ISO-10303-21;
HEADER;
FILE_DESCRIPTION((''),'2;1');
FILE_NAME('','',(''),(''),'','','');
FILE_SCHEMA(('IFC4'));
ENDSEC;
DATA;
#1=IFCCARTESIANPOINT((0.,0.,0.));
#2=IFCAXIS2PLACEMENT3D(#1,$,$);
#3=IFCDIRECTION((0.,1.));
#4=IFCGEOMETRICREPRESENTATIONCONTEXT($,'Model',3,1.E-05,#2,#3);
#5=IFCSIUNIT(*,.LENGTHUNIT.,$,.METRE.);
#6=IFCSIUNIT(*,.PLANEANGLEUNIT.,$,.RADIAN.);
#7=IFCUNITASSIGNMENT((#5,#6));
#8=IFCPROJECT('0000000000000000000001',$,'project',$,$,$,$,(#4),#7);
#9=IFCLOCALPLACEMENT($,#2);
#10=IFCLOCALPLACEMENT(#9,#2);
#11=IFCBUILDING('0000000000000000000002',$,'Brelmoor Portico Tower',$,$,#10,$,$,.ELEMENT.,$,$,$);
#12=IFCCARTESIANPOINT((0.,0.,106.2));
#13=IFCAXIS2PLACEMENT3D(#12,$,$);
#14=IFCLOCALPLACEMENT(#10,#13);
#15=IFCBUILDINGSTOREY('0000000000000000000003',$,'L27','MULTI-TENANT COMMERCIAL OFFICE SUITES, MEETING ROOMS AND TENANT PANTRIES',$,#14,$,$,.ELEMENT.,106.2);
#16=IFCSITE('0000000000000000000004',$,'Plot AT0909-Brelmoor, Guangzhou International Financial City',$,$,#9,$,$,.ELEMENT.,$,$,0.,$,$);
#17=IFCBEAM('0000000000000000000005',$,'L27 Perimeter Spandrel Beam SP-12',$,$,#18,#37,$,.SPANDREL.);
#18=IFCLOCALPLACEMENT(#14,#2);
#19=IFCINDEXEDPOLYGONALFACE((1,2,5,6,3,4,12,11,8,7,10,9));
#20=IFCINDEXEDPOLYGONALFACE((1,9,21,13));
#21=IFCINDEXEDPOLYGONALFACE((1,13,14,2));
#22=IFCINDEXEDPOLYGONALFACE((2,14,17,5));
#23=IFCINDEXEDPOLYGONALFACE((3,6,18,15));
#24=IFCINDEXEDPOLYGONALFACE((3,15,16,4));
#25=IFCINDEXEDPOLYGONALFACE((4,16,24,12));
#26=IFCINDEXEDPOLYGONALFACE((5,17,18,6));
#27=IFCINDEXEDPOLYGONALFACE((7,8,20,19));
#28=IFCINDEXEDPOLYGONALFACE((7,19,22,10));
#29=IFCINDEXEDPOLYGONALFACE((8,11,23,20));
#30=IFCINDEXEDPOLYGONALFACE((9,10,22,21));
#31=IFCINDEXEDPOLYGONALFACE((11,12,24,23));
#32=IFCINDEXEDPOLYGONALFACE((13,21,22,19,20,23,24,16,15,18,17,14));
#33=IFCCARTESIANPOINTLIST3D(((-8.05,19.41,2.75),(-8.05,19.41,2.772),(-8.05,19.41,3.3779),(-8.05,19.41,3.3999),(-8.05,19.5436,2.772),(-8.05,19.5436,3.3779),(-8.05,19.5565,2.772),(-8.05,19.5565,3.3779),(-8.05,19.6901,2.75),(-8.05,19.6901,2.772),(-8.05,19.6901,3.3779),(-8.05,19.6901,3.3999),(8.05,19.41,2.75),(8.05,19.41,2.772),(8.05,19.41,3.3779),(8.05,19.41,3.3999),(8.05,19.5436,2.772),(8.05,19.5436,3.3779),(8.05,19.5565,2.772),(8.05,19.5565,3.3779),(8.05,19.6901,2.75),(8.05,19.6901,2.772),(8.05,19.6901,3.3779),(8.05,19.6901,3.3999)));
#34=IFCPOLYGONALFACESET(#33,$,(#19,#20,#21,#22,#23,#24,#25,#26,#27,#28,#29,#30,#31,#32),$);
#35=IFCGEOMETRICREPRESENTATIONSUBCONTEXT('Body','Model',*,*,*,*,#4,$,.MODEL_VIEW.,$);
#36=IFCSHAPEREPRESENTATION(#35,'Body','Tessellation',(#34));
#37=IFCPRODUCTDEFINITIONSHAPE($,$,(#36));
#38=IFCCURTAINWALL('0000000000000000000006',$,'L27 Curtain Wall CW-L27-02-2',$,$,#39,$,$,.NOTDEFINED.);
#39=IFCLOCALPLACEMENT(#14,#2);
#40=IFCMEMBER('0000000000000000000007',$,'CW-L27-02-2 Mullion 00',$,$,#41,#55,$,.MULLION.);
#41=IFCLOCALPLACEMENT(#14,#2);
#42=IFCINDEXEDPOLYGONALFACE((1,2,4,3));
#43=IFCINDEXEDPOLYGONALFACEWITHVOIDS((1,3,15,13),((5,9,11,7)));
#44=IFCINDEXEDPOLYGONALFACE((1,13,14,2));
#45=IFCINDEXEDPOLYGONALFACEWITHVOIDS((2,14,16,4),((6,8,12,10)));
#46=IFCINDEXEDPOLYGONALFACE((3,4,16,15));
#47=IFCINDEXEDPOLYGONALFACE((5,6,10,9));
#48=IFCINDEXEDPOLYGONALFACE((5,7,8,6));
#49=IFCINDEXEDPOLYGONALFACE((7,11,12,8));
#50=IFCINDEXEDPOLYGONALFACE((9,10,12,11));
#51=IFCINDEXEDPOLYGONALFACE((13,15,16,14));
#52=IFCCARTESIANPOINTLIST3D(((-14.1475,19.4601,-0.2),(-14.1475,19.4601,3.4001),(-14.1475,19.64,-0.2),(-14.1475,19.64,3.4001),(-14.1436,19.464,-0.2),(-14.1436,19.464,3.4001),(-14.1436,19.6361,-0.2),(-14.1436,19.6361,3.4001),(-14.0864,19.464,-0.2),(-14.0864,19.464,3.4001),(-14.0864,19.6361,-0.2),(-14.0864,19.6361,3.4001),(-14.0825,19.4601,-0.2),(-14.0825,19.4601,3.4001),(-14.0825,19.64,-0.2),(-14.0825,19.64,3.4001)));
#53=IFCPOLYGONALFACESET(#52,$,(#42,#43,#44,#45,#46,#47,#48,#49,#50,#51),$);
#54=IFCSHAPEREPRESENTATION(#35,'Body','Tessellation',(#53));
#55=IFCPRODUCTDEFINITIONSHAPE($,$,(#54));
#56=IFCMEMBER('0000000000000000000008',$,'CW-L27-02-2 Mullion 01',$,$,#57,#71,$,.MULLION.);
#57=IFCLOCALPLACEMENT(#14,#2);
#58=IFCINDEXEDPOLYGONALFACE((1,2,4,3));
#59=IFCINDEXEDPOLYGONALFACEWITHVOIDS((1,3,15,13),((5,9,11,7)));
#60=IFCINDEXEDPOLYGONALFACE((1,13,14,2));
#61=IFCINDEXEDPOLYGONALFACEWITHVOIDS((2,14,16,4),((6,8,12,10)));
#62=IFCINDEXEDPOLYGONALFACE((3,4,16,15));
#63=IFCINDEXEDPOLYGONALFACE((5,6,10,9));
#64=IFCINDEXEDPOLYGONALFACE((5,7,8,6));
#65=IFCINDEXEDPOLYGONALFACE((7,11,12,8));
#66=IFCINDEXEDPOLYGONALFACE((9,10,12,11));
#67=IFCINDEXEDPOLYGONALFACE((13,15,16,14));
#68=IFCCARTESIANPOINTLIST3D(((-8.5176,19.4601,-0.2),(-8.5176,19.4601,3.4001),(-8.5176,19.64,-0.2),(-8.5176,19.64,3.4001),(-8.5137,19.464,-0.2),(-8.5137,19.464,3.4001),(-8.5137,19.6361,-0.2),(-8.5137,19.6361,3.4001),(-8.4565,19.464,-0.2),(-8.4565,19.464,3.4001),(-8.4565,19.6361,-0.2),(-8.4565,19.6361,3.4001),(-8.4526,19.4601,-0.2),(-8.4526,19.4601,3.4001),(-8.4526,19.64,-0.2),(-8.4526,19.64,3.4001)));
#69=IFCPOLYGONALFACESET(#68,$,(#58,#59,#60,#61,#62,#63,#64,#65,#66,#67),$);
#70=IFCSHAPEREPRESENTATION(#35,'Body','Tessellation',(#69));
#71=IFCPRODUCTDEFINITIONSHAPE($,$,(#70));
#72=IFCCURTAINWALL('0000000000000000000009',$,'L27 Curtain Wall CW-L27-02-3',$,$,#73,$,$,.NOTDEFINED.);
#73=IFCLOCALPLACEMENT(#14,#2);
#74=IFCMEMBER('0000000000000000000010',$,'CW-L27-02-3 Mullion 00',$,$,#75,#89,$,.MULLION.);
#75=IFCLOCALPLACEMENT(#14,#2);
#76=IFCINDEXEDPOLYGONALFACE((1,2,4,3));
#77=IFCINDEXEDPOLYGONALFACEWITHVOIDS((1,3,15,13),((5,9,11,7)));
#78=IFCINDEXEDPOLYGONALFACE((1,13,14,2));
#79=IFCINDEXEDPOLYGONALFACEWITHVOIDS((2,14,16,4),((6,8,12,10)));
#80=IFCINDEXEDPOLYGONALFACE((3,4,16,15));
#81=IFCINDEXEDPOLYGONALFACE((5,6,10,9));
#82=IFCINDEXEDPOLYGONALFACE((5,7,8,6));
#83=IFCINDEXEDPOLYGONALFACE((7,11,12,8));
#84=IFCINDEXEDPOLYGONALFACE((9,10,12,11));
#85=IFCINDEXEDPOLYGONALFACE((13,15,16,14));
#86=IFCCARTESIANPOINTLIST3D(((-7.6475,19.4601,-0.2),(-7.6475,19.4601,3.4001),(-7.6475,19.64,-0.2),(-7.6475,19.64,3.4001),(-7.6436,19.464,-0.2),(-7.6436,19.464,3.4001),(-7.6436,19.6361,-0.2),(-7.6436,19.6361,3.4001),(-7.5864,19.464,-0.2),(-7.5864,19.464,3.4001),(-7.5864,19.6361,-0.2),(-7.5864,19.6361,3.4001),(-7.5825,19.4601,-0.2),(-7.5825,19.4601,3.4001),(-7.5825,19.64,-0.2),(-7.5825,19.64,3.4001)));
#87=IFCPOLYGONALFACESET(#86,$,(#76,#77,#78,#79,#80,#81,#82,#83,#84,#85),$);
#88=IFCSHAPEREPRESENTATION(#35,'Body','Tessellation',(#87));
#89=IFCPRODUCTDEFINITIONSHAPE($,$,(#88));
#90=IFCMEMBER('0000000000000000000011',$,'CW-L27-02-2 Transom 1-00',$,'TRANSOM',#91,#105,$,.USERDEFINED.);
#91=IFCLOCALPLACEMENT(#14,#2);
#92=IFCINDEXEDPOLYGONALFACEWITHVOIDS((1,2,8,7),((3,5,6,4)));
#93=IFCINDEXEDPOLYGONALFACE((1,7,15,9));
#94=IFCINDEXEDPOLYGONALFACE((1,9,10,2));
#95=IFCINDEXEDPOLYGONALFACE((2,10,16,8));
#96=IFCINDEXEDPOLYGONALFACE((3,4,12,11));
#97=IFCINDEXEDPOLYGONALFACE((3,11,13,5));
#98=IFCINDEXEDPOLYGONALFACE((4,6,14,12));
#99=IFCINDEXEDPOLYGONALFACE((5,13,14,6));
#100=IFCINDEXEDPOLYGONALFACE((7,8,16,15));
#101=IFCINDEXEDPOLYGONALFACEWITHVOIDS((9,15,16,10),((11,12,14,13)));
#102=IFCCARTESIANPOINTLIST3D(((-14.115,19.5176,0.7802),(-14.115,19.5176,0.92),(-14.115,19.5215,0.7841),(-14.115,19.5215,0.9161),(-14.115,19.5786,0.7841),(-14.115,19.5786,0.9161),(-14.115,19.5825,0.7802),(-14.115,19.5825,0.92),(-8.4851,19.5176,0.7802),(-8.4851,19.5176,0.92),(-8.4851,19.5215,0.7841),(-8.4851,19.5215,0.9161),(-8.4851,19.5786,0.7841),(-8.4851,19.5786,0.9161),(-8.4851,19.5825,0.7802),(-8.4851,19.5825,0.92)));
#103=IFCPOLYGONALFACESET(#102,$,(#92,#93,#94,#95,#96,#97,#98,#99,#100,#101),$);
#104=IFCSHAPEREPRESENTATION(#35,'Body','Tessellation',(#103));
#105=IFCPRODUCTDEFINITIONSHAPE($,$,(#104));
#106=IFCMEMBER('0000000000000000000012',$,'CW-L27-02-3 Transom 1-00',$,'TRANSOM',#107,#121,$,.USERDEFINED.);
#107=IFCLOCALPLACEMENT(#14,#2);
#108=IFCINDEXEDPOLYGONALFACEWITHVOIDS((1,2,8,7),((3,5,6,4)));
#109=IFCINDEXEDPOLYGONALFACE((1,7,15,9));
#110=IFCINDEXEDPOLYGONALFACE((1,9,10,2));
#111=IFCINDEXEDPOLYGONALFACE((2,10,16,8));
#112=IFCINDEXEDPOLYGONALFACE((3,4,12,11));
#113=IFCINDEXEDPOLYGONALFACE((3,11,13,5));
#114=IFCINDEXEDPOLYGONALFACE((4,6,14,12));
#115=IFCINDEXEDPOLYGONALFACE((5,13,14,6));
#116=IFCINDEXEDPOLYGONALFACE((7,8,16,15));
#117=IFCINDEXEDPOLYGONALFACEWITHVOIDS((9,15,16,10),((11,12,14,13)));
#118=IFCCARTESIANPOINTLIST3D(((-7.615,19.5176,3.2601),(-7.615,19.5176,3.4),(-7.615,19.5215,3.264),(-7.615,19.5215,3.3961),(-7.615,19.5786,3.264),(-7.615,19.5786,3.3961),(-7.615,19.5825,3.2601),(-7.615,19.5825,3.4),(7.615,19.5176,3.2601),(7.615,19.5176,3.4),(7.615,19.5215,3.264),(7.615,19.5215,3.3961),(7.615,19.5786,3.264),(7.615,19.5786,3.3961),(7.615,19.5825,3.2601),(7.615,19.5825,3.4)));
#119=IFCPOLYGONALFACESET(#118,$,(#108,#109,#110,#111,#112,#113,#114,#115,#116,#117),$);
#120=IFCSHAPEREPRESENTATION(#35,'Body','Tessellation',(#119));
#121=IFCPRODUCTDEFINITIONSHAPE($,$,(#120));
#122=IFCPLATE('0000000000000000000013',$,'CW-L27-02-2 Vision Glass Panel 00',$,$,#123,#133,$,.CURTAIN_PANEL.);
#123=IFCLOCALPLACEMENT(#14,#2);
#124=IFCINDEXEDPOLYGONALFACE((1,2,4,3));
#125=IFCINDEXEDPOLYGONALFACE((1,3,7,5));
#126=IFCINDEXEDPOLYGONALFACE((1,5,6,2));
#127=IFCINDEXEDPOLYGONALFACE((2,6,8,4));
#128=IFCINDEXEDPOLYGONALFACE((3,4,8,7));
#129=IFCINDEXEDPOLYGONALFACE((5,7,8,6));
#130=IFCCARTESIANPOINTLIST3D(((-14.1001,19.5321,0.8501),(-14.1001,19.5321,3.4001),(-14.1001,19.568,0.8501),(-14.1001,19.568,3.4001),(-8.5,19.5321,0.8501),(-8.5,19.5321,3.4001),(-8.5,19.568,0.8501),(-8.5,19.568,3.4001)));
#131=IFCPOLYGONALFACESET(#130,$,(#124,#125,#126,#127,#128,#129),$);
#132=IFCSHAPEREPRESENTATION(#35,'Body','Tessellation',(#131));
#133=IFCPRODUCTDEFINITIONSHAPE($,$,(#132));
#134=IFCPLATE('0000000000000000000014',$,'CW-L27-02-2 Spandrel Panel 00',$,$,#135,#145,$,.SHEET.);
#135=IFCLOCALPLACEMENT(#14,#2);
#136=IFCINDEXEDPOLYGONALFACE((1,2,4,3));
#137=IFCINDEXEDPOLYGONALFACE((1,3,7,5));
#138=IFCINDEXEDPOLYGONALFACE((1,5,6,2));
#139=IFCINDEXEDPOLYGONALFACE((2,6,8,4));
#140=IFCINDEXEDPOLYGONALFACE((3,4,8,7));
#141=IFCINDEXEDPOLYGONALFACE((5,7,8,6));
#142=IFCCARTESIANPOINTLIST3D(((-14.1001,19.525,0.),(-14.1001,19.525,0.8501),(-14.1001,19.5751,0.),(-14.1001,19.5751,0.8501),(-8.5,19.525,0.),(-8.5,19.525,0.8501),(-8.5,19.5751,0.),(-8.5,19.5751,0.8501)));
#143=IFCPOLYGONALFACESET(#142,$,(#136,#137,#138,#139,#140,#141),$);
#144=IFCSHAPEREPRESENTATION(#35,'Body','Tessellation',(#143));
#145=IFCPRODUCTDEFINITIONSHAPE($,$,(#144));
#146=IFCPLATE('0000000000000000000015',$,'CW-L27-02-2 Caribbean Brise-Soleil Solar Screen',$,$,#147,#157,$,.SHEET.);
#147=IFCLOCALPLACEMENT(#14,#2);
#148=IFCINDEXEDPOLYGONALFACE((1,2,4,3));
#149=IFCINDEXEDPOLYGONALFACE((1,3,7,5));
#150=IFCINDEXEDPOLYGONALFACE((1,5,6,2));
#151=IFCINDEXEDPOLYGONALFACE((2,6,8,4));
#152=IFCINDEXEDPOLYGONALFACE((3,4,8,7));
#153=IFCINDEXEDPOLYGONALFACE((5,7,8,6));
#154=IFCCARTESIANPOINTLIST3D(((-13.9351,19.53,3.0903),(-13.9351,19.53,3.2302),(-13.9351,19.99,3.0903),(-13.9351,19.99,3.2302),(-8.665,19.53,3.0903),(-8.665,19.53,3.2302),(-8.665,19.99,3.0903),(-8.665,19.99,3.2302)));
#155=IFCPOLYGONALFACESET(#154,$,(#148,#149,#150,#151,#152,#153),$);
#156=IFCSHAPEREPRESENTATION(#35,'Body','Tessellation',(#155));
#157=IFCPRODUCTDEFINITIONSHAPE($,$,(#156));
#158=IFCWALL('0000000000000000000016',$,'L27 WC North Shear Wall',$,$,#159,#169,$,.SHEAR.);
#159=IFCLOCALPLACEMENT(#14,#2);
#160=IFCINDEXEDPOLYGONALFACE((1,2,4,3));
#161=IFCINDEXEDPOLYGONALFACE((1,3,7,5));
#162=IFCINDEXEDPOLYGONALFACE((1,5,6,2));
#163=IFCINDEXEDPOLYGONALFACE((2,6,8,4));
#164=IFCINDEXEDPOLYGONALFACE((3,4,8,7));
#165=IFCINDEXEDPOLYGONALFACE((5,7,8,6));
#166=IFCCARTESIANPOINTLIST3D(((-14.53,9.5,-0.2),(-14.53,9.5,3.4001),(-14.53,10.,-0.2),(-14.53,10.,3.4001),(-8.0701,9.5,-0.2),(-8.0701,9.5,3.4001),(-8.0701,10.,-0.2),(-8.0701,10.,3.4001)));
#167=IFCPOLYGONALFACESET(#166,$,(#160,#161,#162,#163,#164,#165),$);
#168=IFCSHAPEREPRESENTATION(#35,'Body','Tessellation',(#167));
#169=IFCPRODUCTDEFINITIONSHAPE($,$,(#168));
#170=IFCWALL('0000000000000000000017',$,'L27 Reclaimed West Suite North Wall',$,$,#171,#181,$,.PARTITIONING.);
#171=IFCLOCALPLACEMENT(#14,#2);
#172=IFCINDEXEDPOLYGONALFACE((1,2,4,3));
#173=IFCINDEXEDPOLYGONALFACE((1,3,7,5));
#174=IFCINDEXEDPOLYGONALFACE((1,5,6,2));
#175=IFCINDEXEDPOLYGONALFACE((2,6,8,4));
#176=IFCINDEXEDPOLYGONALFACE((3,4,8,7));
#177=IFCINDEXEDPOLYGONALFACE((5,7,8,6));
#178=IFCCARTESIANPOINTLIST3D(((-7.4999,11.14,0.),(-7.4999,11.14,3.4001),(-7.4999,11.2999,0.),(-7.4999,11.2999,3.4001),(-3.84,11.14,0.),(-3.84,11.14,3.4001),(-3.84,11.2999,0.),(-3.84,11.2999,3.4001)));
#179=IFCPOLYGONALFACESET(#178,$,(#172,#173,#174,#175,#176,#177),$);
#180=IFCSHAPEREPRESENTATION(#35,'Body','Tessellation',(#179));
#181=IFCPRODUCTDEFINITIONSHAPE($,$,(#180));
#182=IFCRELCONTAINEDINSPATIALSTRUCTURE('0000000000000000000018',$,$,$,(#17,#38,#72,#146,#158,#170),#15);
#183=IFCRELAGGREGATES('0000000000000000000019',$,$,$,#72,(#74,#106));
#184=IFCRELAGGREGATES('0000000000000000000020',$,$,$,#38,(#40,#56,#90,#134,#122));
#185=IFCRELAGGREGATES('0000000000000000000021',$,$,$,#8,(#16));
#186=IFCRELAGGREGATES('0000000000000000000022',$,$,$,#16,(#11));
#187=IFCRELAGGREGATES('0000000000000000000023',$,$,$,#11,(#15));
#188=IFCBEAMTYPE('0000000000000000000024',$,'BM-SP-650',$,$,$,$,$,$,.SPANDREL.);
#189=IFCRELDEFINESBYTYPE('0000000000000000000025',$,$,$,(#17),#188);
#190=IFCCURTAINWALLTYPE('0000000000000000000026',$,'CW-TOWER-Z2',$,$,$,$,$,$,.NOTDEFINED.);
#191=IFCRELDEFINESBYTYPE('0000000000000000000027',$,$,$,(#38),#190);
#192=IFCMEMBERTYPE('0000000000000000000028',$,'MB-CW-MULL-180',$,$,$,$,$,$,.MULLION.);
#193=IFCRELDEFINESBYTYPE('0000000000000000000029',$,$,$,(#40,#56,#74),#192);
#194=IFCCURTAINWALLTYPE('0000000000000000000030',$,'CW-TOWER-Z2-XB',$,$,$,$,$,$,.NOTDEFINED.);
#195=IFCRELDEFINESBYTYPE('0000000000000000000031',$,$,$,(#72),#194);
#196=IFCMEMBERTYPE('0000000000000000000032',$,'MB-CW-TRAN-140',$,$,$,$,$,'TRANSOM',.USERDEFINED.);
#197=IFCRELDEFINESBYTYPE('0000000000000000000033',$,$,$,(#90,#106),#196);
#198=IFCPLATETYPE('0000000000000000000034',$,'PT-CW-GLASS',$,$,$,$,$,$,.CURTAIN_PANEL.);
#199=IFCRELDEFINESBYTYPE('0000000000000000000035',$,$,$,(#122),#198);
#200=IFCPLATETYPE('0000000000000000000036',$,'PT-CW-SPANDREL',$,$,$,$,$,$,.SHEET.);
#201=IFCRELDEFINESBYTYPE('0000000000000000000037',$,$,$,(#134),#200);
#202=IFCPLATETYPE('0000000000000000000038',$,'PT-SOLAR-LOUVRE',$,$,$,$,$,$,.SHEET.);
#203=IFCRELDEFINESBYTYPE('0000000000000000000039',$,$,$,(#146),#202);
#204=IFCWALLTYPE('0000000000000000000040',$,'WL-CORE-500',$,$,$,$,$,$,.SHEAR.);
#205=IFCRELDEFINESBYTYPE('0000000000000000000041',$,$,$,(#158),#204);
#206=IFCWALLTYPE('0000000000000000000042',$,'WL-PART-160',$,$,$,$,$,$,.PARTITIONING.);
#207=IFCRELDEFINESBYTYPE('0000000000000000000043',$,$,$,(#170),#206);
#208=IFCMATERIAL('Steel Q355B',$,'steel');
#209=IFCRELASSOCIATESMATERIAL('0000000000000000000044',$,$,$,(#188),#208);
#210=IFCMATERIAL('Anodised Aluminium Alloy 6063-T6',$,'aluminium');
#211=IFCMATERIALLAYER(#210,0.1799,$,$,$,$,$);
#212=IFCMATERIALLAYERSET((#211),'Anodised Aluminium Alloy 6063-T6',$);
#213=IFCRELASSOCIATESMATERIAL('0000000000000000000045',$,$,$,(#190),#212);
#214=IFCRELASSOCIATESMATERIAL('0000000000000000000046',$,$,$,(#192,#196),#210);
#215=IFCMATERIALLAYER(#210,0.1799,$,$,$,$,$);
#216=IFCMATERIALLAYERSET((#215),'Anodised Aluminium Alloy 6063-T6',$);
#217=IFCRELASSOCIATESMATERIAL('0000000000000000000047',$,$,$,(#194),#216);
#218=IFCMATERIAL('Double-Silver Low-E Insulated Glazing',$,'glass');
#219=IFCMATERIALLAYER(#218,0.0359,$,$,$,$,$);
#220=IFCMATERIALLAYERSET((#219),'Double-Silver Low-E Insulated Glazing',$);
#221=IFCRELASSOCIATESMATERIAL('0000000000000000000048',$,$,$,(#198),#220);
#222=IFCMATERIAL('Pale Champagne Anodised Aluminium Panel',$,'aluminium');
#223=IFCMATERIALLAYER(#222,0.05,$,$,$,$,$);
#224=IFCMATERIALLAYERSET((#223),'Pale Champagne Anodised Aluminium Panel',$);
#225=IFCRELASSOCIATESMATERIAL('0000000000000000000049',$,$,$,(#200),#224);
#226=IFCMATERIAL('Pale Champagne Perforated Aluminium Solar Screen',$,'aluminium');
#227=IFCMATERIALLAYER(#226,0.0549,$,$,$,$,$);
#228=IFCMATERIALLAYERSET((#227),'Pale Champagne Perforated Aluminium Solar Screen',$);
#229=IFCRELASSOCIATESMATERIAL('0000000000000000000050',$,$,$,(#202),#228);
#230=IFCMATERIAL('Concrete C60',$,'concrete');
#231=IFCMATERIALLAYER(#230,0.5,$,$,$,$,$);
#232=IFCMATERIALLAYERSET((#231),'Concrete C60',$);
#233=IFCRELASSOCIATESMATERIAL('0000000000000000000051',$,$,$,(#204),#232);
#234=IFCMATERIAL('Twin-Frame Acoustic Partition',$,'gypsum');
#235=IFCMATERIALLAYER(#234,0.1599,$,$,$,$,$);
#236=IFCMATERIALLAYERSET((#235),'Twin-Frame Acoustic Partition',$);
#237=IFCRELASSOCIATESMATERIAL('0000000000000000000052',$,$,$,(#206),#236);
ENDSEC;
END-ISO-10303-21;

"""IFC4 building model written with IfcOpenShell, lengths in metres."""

from ifc_helpers import new_model, si_unit, direction, frame, frame_2d, origin, origin_2d, place, context, subcontext, project, spatial, rectangle, hollow_rectangle, i_section, extrude, material, layer, layer_set, material_profile, profile_set, type_object, element, aggregate, save


model = new_model("IFC4")

# Units and contexts
model_context = context("Model", 3, precision=1e-05, world=origin(), true_north=direction((0.0, 1.0)))
body_context = subcontext(model_context, "Body", "Model", "MODEL_VIEW")
ifc_project = project(units=[si_unit("LENGTHUNIT", "METRE"), si_unit("PLANEANGLEUNIT", "RADIAN")], contexts=[model_context])

# Site, building, storey
site_placement = place(None, origin())
site = spatial("IfcSite", under=ifc_project, at=site_placement, Name="Plot AT0909-Brelmoor, Guangzhou International Financial City", CompositionType="ELEMENT", RefElevation=0.0)
building_placement = place(site_placement, origin())
building = spatial("IfcBuilding", under=site, at=building_placement, Name="Brelmoor Portico Tower", CompositionType="ELEMENT")
storey_placement = place(building_placement, frame((0.0, 0.0, 106.2)))
storey = spatial("IfcBuildingStorey", under=building, at=storey_placement, Name="L27", Description="MULTI-TENANT COMMERCIAL OFFICE SUITES, MEETING ROOMS AND TENANT PANTRIES", CompositionType="ELEMENT", Elevation=106.2)

# Shared definitions
ifc_material_1 = material(Name="Steel Q355B", Category="steel")

# Beam
ifc_material_profile_1 = material_profile(ifc_material_1, i_section(OverallWidth=0.28, OverallDepth=0.6499, WebThickness=0.0129, FlangeThickness=0.022, at=origin_2d()), Name="HN 650x280x13x22")
ifc_profile_set_1 = profile_set([ifc_material_profile_1], Name="Steel Q355B")
beam_type_1 = type_object("IfcBeamType", Name="BM-SP-650", PredefinedType="SPANDREL", material=ifc_profile_set_1)
beam_1_placement = place(storey_placement, frame((-8.05, 19.55, 3.075), z_axis=(1.0, 0.0, 0.0), x_axis=(0.0, 1.0, 0.0)))
element("IfcBeam", 1, at=beam_1_placement, inside=storey, type_object=beam_type_1, Name="L27 Perimeter Spandrel Beam SP-12", PredefinedType="SPANDREL", context=body_context, shape_type="SweptSolid", body=[
    extrude(i_section(OverallWidth=0.28, OverallDepth=0.6499, WebThickness=0.0129, FlangeThickness=0.022, at=origin_2d()), origin(), (0.0, 0.0, 1.0), 16.1001),
])

# Curtain wall, members
ifc_material_2 = material(Name="Anodised Aluminium Alloy 6063-T6", Category="aluminium")
ifc_layer_1 = layer(ifc_material_2, 0.1799)
ifc_layer_set_1 = layer_set([ifc_layer_1], Name="Anodised Aluminium Alloy 6063-T6")
curtain_wall_type_1 = type_object("IfcCurtainWallType", Name="CW-TOWER-Z2", PredefinedType="NOTDEFINED", material=ifc_layer_set_1)
curtain_wall_1_placement = place(storey_placement, origin())
curtain_wall_1 = element("IfcCurtainWall", 2, at=curtain_wall_1_placement, inside=storey, type_object=curtain_wall_type_1, Name="L27 Curtain Wall CW-L27-02-2", PredefinedType="NOTDEFINED")
ifc_material_profile_2 = material_profile(ifc_material_2, hollow_rectangle(XDim=0.0649, YDim=0.1799, WallThickness=0.0039, at=origin_2d()), Name="ALU MULLION 65x180")
ifc_profile_set_2 = profile_set([ifc_material_profile_2], Name="Anodised Aluminium Alloy 6063-T6")
member_type_1 = type_object("IfcMemberType", Name="MB-CW-MULL-180", PredefinedType="MULLION", material=ifc_profile_set_2)
member_1_placement = place(storey_placement, frame((-14.115, 19.55, -0.2), z_axis=(0.0, 0.0, 1.0), x_axis=(1.0, 0.0, 0.0)))
member_1 = element("IfcMember", 3, at=member_1_placement, type_object=member_type_1, Name="CW-L27-02-2 Mullion 00", PredefinedType="MULLION", context=body_context, shape_type="SweptSolid", body=[
    extrude(hollow_rectangle(XDim=0.0649, YDim=0.1799, WallThickness=0.0039, at=origin_2d()), origin(), (0.0, 0.0, 1.0), 3.6001),
])
member_2_placement = place(storey_placement, frame((-8.4851, 19.55, -0.2), z_axis=(0.0, 0.0, 1.0), x_axis=(1.0, 0.0, 0.0)))
member_2 = element("IfcMember", 4, at=member_2_placement, type_object=member_type_1, Name="CW-L27-02-2 Mullion 01", PredefinedType="MULLION", context=body_context, shape_type="SweptSolid", body=[
    extrude(hollow_rectangle(XDim=0.0649, YDim=0.1799, WallThickness=0.0039, at=origin_2d()), origin(), (0.0, 0.0, 1.0), 3.6001),
])

# Curtain wall, member
ifc_layer_2 = layer(ifc_material_2, 0.1799)
ifc_layer_set_2 = layer_set([ifc_layer_2], Name="Anodised Aluminium Alloy 6063-T6")
curtain_wall_type_2 = type_object("IfcCurtainWallType", Name="CW-TOWER-Z2-XB", PredefinedType="NOTDEFINED", material=ifc_layer_set_2)
curtain_wall_2_placement = place(storey_placement, origin())
curtain_wall_2 = element("IfcCurtainWall", 5, at=curtain_wall_2_placement, inside=storey, type_object=curtain_wall_type_2, Name="L27 Curtain Wall CW-L27-02-3", PredefinedType="NOTDEFINED")
member_3_placement = place(storey_placement, frame((-7.615, 19.55, -0.2), z_axis=(0.0, 0.0, 1.0), x_axis=(1.0, 0.0, 0.0)))
member_3 = element("IfcMember", 6, at=member_3_placement, type_object=member_type_1, Name="CW-L27-02-3 Mullion 00", PredefinedType="MULLION", context=body_context, shape_type="SweptSolid", body=[
    extrude(hollow_rectangle(XDim=0.0649, YDim=0.1799, WallThickness=0.0039, at=origin_2d()), origin(), (0.0, 0.0, 1.0), 3.6001),
])

# Members
ifc_material_profile_3 = material_profile(ifc_material_2, hollow_rectangle(XDim=0.0649, YDim=0.1399, WallThickness=0.0039, at=origin_2d()), Name="ALU TRANSOM 65x140")
ifc_profile_set_3 = profile_set([ifc_material_profile_3], Name="Anodised Aluminium Alloy 6063-T6")
member_type_2 = type_object("IfcMemberType", Name="MB-CW-TRAN-140", ElementType="TRANSOM", PredefinedType="USERDEFINED", material=ifc_profile_set_3)
member_4_placement = place(storey_placement, frame((-14.115, 19.55, 0.8501), z_axis=(1.0, 0.0, 0.0), x_axis=(0.0, 1.0, 0.0)))
member_4 = element("IfcMember", 7, at=member_4_placement, type_object=member_type_2, Name="CW-L27-02-2 Transom 1-00", ObjectType="TRANSOM", PredefinedType="USERDEFINED", context=body_context, shape_type="SweptSolid", body=[
    extrude(hollow_rectangle(XDim=0.0649, YDim=0.1399, WallThickness=0.0039, at=origin_2d()), origin(), (0.0, 0.0, 1.0), 5.6299),
])
member_5_placement = place(storey_placement, frame((-7.615, 19.55, 3.3301), z_axis=(1.0, 0.0, 0.0), x_axis=(0.0, 1.0, 0.0)))
member_5 = element("IfcMember", 8, at=member_5_placement, type_object=member_type_2, Name="CW-L27-02-3 Transom 1-00", ObjectType="TRANSOM", PredefinedType="USERDEFINED", context=body_context, shape_type="SweptSolid", body=[
    extrude(hollow_rectangle(XDim=0.0649, YDim=0.1399, WallThickness=0.0039, at=origin_2d()), origin(), (0.0, 0.0, 1.0), 15.23),
])
aggregate(curtain_wall_2, [member_3, member_5])

# Plates
ifc_material_3 = material(Name="Double-Silver Low-E Insulated Glazing", Category="glass")
ifc_layer_3 = layer(ifc_material_3, 0.0359)
ifc_layer_set_3 = layer_set([ifc_layer_3], Name="Double-Silver Low-E Insulated Glazing")
plate_type_1 = type_object("IfcPlateType", Name="PT-CW-GLASS", PredefinedType="CURTAIN_PANEL", material=ifc_layer_set_3)
plate_1_placement = place(storey_placement, frame((-11.3, 19.55, 0.8501), z_axis=(0.0, 0.0, 1.0), x_axis=(1.0, 0.0, 0.0)))
plate_1 = element("IfcPlate", 9, at=plate_1_placement, type_object=plate_type_1, Name="CW-L27-02-2 Vision Glass Panel 00", PredefinedType="CURTAIN_PANEL", context=body_context, shape_type="SweptSolid", body=[
    extrude(rectangle(XDim=5.6001, YDim=0.0359, at=origin_2d()), origin(), (0.0, 0.0, 1.0), 2.55),
])
ifc_material_4 = material(Name="Pale Champagne Anodised Aluminium Panel", Category="aluminium")
ifc_layer_4 = layer(ifc_material_4, 0.05)
ifc_layer_set_4 = layer_set([ifc_layer_4], Name="Pale Champagne Anodised Aluminium Panel")
plate_type_2 = type_object("IfcPlateType", Name="PT-CW-SPANDREL", PredefinedType="SHEET", material=ifc_layer_set_4)
plate_2_placement = place(storey_placement, frame((-11.3, 19.55, 0.0), z_axis=(0.0, 0.0, 1.0), x_axis=(1.0, 0.0, 0.0)))
plate_2 = element("IfcPlate", 10, at=plate_2_placement, type_object=plate_type_2, Name="CW-L27-02-2 Spandrel Panel 00", PredefinedType="SHEET", context=body_context, shape_type="SweptSolid", body=[
    extrude(rectangle(XDim=5.6001, YDim=0.05, at=origin_2d()), origin(), (0.0, 0.0, 1.0), 0.8501),
])
aggregate(curtain_wall_1, [member_1, member_2, member_4, plate_2, plate_1])
ifc_material_5 = material(Name="Pale Champagne Perforated Aluminium Solar Screen", Category="aluminium")
ifc_layer_5 = layer(ifc_material_5, 0.0549)
ifc_layer_set_5 = layer_set([ifc_layer_5], Name="Pale Champagne Perforated Aluminium Solar Screen")
plate_type_3 = type_object("IfcPlateType", Name="PT-SOLAR-LOUVRE", PredefinedType="SHEET", material=ifc_layer_set_5)
plate_3_placement = place(storey_placement, frame((-11.3, 19.76, 3.0903), z_axis=(0.0, 0.0, 1.0), x_axis=(1.0, 0.0, 0.0)))
element("IfcPlate", 11, at=plate_3_placement, inside=storey, type_object=plate_type_3, Name="CW-L27-02-2 Caribbean Brise-Soleil Solar Screen", PredefinedType="SHEET", context=body_context, shape_type="SweptSolid", body=[
    extrude(rectangle(XDim=5.27, YDim=0.46, at=origin_2d()), origin(), (0.0, 0.0, 1.0), 0.1399),
])

# Walls
ifc_material_6 = material(Name="Concrete C60", Category="concrete")
ifc_layer_6 = layer(ifc_material_6, 0.5)
ifc_layer_set_6 = layer_set([ifc_layer_6], Name="Concrete C60")
wall_type_1 = type_object("IfcWallType", Name="WL-CORE-500", PredefinedType="SHEAR", material=ifc_layer_set_6)
wall_1_placement = place(storey_placement, frame((-14.53, 9.75, -0.2), z_axis=(0.0, 0.0, 1.0), x_axis=(1.0, 0.0, 0.0)))
element("IfcWall", 12, at=wall_1_placement, inside=storey, type_object=wall_type_1, Name="L27 WC North Shear Wall", PredefinedType="SHEAR", context=body_context, shape_type="SweptSolid", body=[
    extrude(rectangle(XDim=6.46, YDim=0.5, at=frame_2d((3.23, 0.0))), origin(), (0.0, 0.0, 1.0), 3.6001),
])
ifc_material_7 = material(Name="Twin-Frame Acoustic Partition", Category="gypsum")
ifc_layer_7 = layer(ifc_material_7, 0.1599)
ifc_layer_set_7 = layer_set([ifc_layer_7], Name="Twin-Frame Acoustic Partition")
wall_type_2 = type_object("IfcWallType", Name="WL-PART-160", PredefinedType="PARTITIONING", material=ifc_layer_set_7)
wall_2_placement = place(storey_placement, frame((-7.5, 11.22, 0.0), z_axis=(0.0, 0.0, 1.0), x_axis=(1.0, 0.0, 0.0)))
element("IfcWall", 13, at=wall_2_placement, inside=storey, type_object=wall_type_2, Name="L27 Reclaimed West Suite North Wall", PredefinedType="PARTITIONING", context=body_context, shape_type="SweptSolid", body=[
    extrude(rectangle(XDim=3.6599, YDim=0.1599, at=frame_2d((1.8301, 0.0))), origin(), (0.0, 0.0, 1.0), 3.4001),
])

save(model, "model.ifc")
